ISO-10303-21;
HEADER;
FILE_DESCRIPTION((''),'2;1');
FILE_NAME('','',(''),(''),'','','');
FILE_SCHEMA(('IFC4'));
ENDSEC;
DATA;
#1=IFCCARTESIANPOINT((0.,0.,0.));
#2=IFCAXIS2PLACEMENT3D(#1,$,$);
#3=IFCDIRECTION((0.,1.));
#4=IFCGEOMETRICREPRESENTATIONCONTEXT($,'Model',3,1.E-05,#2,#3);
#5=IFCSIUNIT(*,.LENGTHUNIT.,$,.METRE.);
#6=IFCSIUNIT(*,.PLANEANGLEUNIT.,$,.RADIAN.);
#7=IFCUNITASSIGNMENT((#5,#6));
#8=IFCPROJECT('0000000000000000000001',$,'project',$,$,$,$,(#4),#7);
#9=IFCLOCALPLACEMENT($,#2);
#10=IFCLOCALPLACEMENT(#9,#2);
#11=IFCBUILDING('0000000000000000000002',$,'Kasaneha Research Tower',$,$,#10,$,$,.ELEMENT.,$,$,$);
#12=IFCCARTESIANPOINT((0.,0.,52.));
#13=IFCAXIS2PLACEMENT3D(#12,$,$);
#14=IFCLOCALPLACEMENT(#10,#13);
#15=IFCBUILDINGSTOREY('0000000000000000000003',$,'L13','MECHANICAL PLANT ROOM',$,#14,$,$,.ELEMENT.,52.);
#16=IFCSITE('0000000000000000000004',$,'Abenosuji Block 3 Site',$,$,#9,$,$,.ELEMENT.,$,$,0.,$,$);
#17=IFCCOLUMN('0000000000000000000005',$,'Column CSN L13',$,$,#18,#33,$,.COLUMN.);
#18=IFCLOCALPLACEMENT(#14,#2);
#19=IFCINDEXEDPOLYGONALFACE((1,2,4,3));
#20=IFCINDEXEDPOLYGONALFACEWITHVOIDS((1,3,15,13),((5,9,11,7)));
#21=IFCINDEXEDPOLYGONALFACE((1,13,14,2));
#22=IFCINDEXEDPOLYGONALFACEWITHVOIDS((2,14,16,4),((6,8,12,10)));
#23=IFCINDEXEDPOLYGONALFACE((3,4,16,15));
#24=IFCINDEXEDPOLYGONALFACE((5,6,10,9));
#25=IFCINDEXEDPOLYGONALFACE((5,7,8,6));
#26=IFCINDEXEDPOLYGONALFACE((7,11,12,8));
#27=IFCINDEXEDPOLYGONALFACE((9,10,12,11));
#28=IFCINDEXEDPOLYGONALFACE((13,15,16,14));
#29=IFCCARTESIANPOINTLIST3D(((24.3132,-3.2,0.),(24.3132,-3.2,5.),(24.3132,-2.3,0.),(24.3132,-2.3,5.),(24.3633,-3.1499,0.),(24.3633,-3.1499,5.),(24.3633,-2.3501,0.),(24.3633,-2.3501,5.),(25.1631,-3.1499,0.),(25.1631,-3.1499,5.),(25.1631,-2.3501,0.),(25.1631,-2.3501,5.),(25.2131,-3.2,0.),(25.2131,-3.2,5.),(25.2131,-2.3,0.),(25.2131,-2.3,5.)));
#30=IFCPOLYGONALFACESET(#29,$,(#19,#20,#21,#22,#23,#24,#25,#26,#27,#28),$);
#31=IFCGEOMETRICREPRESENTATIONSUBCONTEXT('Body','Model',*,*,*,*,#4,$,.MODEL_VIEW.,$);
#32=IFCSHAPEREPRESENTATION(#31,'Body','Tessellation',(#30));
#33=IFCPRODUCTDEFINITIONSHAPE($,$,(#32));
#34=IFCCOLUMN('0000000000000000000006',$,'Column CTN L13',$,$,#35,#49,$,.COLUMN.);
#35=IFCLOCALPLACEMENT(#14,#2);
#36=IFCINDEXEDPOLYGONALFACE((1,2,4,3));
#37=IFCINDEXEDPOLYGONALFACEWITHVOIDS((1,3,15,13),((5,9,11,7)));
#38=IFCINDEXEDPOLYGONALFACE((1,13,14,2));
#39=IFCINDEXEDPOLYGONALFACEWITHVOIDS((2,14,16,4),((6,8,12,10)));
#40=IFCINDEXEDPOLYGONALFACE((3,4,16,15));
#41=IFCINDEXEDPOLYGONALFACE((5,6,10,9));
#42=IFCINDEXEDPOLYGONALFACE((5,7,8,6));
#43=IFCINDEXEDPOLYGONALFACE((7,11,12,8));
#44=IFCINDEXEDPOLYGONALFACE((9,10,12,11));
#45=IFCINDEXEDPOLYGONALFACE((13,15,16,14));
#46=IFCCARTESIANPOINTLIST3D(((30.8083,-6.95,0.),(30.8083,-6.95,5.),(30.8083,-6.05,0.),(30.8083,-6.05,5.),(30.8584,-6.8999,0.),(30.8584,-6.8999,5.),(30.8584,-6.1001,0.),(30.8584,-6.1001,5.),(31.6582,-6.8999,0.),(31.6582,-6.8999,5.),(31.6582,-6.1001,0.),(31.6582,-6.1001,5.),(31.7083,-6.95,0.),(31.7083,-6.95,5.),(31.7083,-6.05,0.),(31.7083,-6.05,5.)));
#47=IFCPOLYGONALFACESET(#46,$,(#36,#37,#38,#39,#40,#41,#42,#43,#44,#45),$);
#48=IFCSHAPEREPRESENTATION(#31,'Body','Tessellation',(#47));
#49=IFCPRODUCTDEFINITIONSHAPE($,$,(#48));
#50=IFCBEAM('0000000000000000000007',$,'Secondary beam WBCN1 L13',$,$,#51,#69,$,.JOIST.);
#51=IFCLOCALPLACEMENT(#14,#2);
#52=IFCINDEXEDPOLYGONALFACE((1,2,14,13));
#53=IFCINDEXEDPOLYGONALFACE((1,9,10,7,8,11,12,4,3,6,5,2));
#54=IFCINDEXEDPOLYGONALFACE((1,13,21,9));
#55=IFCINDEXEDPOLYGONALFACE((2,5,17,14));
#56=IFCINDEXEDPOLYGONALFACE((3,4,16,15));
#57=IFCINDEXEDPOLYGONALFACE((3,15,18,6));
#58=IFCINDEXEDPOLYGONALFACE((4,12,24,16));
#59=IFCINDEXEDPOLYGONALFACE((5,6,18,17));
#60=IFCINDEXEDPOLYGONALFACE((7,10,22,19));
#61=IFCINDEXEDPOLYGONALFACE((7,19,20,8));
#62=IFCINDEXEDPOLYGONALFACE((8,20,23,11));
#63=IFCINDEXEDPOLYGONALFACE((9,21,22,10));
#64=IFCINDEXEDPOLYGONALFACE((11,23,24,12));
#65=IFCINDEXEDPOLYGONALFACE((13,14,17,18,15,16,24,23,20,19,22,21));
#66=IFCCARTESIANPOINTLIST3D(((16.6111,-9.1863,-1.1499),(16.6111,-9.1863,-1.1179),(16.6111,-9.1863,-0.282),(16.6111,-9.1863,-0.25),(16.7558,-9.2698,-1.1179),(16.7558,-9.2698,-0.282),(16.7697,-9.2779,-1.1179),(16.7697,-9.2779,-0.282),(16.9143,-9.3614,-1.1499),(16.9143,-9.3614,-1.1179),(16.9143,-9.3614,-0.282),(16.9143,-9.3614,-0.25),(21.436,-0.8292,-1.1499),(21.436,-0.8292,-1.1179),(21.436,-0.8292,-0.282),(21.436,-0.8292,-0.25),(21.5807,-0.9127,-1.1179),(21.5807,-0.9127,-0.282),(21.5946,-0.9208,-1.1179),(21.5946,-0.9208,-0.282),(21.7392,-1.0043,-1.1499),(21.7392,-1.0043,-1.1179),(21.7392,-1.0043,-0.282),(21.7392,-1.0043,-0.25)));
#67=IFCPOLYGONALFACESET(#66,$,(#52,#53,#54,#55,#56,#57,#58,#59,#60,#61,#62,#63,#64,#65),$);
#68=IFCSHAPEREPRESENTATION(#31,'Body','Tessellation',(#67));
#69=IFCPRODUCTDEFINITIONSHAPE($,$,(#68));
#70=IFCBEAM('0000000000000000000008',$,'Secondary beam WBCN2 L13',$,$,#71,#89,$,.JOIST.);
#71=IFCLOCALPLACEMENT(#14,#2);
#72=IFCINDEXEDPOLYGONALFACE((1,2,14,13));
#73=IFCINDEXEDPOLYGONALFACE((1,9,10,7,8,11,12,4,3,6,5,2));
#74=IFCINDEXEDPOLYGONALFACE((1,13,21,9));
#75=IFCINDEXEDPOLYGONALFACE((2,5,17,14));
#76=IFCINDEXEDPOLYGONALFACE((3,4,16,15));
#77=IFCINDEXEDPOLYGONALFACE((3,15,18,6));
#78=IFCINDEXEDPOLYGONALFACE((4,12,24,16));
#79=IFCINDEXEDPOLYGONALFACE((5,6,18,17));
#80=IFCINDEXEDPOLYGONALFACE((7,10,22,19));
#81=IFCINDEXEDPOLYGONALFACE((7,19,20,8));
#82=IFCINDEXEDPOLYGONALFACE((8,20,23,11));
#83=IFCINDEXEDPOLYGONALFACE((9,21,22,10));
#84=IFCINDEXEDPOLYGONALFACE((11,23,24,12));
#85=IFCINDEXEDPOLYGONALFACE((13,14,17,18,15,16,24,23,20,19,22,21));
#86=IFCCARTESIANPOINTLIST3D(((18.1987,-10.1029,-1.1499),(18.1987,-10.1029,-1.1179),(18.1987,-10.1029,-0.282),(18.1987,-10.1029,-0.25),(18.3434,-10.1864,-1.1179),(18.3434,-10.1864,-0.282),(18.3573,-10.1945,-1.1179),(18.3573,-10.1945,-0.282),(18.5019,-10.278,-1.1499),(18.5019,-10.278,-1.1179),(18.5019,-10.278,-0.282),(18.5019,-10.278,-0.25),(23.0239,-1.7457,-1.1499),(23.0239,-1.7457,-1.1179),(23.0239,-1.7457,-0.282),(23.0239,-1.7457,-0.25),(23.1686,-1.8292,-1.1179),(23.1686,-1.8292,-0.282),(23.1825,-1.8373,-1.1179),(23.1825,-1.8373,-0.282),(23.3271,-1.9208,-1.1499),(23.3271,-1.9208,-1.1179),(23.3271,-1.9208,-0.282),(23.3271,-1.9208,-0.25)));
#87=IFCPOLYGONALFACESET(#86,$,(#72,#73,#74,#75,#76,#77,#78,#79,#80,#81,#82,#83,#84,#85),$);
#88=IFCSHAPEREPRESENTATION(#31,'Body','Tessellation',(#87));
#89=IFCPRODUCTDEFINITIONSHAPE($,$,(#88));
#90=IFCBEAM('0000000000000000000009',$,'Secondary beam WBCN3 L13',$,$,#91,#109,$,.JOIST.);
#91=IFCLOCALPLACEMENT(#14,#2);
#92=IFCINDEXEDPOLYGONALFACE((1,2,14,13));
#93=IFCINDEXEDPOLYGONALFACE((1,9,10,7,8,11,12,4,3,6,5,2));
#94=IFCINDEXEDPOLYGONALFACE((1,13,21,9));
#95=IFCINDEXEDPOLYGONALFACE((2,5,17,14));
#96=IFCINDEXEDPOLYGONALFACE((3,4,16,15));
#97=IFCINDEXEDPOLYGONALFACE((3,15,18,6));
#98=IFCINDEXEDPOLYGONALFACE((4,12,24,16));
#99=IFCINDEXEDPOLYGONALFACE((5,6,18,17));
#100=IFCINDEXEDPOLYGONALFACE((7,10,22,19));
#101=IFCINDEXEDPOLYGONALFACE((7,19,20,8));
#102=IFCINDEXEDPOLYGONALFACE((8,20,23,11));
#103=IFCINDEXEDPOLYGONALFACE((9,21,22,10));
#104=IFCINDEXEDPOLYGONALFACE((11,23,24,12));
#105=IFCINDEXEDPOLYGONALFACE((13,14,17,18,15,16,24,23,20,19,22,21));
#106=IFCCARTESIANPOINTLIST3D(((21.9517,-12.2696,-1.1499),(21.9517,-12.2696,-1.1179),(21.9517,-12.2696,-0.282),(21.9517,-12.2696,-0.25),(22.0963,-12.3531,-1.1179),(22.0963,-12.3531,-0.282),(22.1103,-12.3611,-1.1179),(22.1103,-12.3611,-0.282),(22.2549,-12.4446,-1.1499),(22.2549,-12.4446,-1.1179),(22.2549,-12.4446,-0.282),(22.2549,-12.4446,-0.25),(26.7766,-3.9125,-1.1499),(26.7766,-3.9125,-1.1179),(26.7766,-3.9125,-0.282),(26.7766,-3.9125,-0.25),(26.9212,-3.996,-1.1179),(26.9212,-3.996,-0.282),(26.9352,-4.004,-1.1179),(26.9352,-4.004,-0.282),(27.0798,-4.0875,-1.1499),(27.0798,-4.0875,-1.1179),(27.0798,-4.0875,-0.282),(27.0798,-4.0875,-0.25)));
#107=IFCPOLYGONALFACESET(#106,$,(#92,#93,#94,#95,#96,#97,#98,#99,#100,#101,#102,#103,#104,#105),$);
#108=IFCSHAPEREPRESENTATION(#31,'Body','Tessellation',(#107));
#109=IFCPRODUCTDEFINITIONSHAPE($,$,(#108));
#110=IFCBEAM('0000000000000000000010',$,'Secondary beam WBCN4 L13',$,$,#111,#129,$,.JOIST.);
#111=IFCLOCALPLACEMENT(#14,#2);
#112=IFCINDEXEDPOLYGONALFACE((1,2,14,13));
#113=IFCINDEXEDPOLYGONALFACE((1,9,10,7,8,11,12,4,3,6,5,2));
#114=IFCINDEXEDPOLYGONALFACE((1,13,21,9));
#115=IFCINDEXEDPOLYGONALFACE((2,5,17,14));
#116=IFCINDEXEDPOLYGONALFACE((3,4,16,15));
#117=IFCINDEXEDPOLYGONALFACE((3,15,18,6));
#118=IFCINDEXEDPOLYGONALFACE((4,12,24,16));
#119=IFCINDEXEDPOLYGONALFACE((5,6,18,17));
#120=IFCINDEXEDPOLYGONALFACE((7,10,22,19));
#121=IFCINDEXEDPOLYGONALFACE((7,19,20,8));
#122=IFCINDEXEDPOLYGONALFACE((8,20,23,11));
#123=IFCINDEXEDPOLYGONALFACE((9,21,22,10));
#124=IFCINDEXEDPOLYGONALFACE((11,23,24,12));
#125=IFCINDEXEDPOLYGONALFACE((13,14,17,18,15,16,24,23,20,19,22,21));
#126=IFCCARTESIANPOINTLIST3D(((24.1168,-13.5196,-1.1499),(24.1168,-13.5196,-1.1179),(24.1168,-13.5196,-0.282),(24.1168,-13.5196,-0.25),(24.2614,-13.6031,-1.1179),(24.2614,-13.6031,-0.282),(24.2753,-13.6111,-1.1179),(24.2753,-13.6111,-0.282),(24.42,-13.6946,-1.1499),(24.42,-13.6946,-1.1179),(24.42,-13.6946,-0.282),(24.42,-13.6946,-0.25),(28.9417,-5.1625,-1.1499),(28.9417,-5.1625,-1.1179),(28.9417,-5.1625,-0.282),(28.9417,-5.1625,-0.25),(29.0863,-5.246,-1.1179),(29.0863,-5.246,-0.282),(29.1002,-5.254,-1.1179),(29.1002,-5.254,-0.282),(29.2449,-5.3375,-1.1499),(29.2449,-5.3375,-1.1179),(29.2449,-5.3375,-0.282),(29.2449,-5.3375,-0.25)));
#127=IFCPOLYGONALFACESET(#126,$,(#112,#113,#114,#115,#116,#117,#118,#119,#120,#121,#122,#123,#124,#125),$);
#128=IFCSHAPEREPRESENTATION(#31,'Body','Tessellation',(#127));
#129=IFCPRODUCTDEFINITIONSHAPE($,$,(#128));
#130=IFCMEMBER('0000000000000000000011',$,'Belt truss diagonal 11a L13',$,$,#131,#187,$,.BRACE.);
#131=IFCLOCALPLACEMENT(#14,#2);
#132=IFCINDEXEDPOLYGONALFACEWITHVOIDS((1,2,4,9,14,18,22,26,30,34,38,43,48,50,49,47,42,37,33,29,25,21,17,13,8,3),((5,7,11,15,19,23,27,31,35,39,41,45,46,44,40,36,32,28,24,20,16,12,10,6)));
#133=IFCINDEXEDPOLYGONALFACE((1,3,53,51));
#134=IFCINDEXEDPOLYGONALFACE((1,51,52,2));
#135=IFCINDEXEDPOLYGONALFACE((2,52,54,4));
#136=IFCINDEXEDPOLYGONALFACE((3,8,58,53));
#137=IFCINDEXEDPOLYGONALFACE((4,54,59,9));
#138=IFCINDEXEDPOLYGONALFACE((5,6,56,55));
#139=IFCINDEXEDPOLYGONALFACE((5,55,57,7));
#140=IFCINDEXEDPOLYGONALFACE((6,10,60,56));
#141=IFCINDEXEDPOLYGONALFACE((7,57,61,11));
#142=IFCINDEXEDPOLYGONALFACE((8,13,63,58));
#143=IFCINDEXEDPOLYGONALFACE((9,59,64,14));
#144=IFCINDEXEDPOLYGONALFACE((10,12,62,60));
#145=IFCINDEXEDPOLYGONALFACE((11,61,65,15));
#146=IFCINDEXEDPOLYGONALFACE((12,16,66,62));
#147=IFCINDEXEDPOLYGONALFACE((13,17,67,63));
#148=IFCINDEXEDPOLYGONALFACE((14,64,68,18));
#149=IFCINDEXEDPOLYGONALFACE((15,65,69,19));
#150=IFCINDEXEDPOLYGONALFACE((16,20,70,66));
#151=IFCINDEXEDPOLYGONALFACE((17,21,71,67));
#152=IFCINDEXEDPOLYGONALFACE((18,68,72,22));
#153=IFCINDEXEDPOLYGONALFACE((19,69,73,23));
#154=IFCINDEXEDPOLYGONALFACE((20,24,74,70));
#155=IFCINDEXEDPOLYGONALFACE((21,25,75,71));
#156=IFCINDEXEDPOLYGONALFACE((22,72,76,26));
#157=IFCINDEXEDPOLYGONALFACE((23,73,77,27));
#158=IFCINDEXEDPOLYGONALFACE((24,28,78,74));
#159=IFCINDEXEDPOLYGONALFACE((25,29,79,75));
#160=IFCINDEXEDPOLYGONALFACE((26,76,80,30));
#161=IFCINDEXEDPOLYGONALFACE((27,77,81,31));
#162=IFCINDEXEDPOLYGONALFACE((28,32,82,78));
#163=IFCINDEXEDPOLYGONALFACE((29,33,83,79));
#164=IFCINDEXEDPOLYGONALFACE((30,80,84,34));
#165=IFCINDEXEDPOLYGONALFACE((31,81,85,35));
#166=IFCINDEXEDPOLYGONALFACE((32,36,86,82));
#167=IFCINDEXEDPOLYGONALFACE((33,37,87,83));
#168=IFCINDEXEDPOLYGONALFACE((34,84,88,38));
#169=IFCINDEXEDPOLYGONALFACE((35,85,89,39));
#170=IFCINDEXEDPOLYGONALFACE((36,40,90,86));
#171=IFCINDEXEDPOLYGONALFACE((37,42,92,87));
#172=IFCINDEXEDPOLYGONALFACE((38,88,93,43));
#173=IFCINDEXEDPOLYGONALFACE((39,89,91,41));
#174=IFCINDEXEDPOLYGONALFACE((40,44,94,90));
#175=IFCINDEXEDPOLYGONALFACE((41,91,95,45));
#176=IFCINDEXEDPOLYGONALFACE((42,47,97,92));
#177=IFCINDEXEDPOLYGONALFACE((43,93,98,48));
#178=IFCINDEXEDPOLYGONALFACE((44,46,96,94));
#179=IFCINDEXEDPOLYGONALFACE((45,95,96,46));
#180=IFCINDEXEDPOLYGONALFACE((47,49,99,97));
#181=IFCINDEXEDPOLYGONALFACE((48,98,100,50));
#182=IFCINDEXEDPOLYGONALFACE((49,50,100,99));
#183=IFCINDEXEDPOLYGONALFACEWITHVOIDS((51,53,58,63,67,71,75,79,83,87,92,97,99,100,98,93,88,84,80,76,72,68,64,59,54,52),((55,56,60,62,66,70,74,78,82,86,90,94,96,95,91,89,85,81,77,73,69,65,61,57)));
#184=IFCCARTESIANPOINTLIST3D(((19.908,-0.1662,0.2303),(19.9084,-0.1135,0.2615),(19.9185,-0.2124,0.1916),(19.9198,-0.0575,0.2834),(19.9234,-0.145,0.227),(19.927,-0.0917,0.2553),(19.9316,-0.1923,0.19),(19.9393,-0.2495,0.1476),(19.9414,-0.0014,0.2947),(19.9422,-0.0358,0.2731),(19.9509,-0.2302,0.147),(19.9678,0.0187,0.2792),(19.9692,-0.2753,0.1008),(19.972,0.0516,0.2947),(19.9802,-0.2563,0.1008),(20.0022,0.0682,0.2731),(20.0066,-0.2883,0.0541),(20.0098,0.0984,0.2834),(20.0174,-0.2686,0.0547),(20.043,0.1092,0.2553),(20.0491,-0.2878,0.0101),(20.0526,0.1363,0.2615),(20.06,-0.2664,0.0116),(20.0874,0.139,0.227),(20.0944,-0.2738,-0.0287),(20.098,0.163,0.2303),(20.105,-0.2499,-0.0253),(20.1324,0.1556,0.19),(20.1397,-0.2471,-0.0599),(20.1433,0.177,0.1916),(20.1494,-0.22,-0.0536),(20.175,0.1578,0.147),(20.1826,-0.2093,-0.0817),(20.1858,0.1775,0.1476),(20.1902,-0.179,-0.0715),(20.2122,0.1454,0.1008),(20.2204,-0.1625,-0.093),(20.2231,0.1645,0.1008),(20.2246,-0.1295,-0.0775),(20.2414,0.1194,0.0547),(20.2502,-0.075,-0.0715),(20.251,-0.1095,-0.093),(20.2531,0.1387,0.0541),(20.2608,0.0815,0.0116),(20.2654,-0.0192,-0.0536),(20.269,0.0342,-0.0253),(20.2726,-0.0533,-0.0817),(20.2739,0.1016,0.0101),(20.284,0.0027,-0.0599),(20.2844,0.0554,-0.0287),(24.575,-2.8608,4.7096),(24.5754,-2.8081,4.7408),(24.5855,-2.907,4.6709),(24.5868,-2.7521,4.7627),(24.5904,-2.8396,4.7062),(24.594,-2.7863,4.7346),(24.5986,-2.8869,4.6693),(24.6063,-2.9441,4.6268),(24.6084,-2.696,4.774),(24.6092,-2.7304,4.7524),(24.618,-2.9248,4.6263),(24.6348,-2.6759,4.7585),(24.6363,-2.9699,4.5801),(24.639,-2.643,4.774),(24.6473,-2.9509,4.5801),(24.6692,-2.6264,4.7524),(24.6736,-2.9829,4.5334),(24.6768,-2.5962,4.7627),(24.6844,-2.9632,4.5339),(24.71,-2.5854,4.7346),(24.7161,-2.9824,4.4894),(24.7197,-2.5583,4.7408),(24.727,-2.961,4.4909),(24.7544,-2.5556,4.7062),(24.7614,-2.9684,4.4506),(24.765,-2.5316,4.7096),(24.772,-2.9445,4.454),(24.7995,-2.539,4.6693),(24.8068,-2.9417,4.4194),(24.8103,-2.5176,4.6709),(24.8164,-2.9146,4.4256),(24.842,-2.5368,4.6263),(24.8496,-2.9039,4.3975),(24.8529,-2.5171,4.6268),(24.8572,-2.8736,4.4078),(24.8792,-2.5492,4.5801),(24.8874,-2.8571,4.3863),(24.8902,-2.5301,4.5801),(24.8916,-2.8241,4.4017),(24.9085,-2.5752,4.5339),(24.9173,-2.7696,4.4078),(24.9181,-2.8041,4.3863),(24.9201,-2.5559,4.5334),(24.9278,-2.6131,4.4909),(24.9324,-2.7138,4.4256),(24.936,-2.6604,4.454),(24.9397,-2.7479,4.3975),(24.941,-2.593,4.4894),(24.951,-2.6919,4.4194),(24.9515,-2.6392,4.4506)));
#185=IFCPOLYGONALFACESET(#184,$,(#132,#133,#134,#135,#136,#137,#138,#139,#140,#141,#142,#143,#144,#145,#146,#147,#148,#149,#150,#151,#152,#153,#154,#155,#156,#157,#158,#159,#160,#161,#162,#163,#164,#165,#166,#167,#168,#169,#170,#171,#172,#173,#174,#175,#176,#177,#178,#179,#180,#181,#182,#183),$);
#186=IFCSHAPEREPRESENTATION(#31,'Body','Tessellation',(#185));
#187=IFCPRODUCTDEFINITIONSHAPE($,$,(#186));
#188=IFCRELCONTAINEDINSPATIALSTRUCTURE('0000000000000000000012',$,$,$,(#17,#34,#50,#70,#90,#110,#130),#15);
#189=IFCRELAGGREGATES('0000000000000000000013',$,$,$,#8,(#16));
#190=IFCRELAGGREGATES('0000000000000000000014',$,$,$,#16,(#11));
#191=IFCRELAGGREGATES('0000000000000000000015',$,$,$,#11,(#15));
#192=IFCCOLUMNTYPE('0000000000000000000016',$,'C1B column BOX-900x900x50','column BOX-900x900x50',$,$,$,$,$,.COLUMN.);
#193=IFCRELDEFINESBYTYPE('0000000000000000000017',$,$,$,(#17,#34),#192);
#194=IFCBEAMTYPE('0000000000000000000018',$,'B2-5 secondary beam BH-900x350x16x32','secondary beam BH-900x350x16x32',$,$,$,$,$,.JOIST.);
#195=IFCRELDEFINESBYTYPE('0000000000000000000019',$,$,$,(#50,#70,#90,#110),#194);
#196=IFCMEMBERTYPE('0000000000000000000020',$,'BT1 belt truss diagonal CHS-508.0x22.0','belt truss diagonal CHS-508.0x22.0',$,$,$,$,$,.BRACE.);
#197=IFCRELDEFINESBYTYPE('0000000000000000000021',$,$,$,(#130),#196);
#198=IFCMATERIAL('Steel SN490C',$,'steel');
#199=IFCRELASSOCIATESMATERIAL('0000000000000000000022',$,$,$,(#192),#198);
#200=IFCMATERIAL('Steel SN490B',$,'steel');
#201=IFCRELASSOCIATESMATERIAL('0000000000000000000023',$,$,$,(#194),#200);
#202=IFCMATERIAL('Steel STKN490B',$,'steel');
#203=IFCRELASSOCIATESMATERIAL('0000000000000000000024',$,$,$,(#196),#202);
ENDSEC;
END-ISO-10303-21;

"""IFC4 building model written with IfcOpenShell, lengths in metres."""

from ifc_helpers import new_model, si_unit, direction, frame, origin, origin_2d, place, context, subcontext, project, spatial, hollow_rectangle, hollow_circle, i_section, extrude, material, material_profile, profile_set, type_object, element, save


model = new_model("IFC4")

# Units and contexts
model_context = context("Model", 3, precision=1e-05, world=origin(), true_north=direction((0.0, 1.0)))
body_context = subcontext(model_context, "Body", "Model", "MODEL_VIEW")
ifc_project = project(units=[si_unit("LENGTHUNIT", "METRE"), si_unit("PLANEANGLEUNIT", "RADIAN")], contexts=[model_context])

# Site, building, storey
site_placement = place(None, origin())
site = spatial("IfcSite", under=ifc_project, at=site_placement, Name="Abenosuji Block 3 Site", CompositionType="ELEMENT", RefElevation=0.0)
building_placement = place(site_placement, origin())
building = spatial("IfcBuilding", under=site, at=building_placement, Name="Kasaneha Research Tower", CompositionType="ELEMENT")
storey_placement = place(building_placement, frame((0.0, 0.0, 52.0)))
storey = spatial("IfcBuildingStorey", under=building, at=storey_placement, Name="L13", Description="MECHANICAL PLANT ROOM", CompositionType="ELEMENT", Elevation=52.0)

# Columns
ifc_material_1 = material(Name="Steel SN490C", Category="steel")
ifc_material_profile_1 = material_profile(ifc_material_1, hollow_rectangle(XDim=0.8999, YDim=0.8999, WallThickness=0.05, at=origin_2d()), Name="BOX-900x900x50")
ifc_profile_set_1 = profile_set([ifc_material_profile_1], Name="Steel SN490C")
column_type = type_object("IfcColumnType", Name="C1B column BOX-900x900x50", Description="column BOX-900x900x50", PredefinedType="COLUMN", material=ifc_profile_set_1)
for number, where, z_axis, x_axis, name in (
    (1, (24.7632, -2.75, 0.0), (0.0, 0.0, 1.0), (1.0, 0.0, 0.0), "Column CSN L13"),
    (2, (31.2583, -6.5, 0.0), (0.0, 0.0, 1.0), (1.0, 0.0, 0.0), "Column CTN L13"),
):
    element("IfcColumn", number, at=place(storey_placement, frame(where, z_axis=z_axis, x_axis=x_axis)), inside=storey, type_object=column_type, Name=name, PredefinedType="COLUMN", context=body_context, shape_type="SweptSolid", body=[
        extrude(hollow_rectangle(XDim=0.8999, YDim=0.8999, WallThickness=0.05, at=origin_2d()), origin(), (0.0, 0.0, 1.0), 5.0),
    ])

# Beams
ifc_material_2 = material(Name="Steel SN490B", Category="steel")
ifc_material_profile_2 = material_profile(ifc_material_2, i_section(OverallWidth=0.3501, OverallDepth=0.8999, WebThickness=0.0161, FlangeThickness=0.032, at=origin_2d()), Name="BH-900x350x16x32")
ifc_profile_set_2 = profile_set([ifc_material_profile_2], Name="Steel SN490B")
beam_type_1 = type_object("IfcBeamType", Name="B2-5 secondary beam BH-900x350x16x32", Description="secondary beam BH-900x350x16x32", PredefinedType="JOIST", material=ifc_profile_set_2)
beam_1_placement = place(storey_placement, frame((21.5876, -0.9167, -0.7), z_axis=(-0.499995, -0.866028, 0.0), x_axis=(0.866028, -0.499995, 0.0)))
element("IfcBeam", 3, at=beam_1_placement, inside=storey, type_object=beam_type_1, Name="Secondary beam WBCN1 L13", PredefinedType="JOIST", context=body_context, shape_type="SweptSolid", body=[
    extrude(i_section(OverallWidth=0.3501, OverallDepth=0.8999, WebThickness=0.0161, FlangeThickness=0.032, at=origin_2d()), origin(), (0.0, 0.0, 1.0), 9.6499),
])
beam_2_placement = place(storey_placement, frame((23.1755, -1.8333, -0.7), z_axis=(-0.500014, -0.866017, 0.0), x_axis=(0.866017, -0.500014, 0.0)))
element("IfcBeam", 4, at=beam_2_placement, inside=storey, type_object=beam_type_1, Name="Secondary beam WBCN2 L13", PredefinedType="JOIST", context=body_context, shape_type="SweptSolid", body=[
    extrude(i_section(OverallWidth=0.3501, OverallDepth=0.8999, WebThickness=0.0161, FlangeThickness=0.032, at=origin_2d()), origin(), (0.0, 0.0, 1.0), 9.6501),
])
for number, where, z_axis, x_axis, name in (
    (5, (26.9282, -4.0, -0.7), (-0.499995, -0.866028, 0.0), (0.866028, -0.499995, 0.0), "Secondary beam WBCN3 L13"),
    (6, (29.0933, -5.25, -0.7), (-0.499995, -0.866028, 0.0), (0.866028, -0.499995, 0.0), "Secondary beam WBCN4 L13"),
):
    element("IfcBeam", number, at=place(storey_placement, frame(where, z_axis=z_axis, x_axis=x_axis)), inside=storey, type_object=beam_type_1, Name=name, PredefinedType="JOIST", context=body_context, shape_type="SweptSolid", body=[
        extrude(i_section(OverallWidth=0.3501, OverallDepth=0.8999, WebThickness=0.0161, FlangeThickness=0.032, at=origin_2d()), origin(), (0.0, 0.0, 1.0), 9.6499),
    ])

# Member
ifc_material_3 = material(Name="Steel STKN490B", Category="steel")
ifc_material_profile_3 = material_profile(ifc_material_3, hollow_circle(Radius=0.2539, WallThickness=0.022, at=origin_2d()), Name="CHS-508.0x22.0")
ifc_profile_set_3 = profile_set([ifc_material_profile_3], Name="Steel STKN490B")
member_type = type_object("IfcMemberType", Name="BT1 belt truss diagonal CHS-508.0x22.0", Description="belt truss diagonal CHS-508.0x22.0", PredefinedType="BRACE", material=ifc_profile_set_3)
for number, where, z_axis, x_axis, name in (
    (7, (20.0962, -0.0554, 0.1008), (0.665998, -0.384527, 0.639207), (0.500013, 0.866018, 0.0), "Belt truss diagonal 11a L13"),
):
    element("IfcMember", number, at=place(storey_placement, frame(where, z_axis=z_axis, x_axis=x_axis)), inside=storey, type_object=member_type, Name=name, PredefinedType="BRACE", context=body_context, shape_type="SweptSolid", body=[
        extrude(hollow_circle(Radius=0.2539, WallThickness=0.022, at=origin_2d()), origin(), (0.0, 0.0, 1.0), 7.0076),
    ])

save(model, "model.ifc")
